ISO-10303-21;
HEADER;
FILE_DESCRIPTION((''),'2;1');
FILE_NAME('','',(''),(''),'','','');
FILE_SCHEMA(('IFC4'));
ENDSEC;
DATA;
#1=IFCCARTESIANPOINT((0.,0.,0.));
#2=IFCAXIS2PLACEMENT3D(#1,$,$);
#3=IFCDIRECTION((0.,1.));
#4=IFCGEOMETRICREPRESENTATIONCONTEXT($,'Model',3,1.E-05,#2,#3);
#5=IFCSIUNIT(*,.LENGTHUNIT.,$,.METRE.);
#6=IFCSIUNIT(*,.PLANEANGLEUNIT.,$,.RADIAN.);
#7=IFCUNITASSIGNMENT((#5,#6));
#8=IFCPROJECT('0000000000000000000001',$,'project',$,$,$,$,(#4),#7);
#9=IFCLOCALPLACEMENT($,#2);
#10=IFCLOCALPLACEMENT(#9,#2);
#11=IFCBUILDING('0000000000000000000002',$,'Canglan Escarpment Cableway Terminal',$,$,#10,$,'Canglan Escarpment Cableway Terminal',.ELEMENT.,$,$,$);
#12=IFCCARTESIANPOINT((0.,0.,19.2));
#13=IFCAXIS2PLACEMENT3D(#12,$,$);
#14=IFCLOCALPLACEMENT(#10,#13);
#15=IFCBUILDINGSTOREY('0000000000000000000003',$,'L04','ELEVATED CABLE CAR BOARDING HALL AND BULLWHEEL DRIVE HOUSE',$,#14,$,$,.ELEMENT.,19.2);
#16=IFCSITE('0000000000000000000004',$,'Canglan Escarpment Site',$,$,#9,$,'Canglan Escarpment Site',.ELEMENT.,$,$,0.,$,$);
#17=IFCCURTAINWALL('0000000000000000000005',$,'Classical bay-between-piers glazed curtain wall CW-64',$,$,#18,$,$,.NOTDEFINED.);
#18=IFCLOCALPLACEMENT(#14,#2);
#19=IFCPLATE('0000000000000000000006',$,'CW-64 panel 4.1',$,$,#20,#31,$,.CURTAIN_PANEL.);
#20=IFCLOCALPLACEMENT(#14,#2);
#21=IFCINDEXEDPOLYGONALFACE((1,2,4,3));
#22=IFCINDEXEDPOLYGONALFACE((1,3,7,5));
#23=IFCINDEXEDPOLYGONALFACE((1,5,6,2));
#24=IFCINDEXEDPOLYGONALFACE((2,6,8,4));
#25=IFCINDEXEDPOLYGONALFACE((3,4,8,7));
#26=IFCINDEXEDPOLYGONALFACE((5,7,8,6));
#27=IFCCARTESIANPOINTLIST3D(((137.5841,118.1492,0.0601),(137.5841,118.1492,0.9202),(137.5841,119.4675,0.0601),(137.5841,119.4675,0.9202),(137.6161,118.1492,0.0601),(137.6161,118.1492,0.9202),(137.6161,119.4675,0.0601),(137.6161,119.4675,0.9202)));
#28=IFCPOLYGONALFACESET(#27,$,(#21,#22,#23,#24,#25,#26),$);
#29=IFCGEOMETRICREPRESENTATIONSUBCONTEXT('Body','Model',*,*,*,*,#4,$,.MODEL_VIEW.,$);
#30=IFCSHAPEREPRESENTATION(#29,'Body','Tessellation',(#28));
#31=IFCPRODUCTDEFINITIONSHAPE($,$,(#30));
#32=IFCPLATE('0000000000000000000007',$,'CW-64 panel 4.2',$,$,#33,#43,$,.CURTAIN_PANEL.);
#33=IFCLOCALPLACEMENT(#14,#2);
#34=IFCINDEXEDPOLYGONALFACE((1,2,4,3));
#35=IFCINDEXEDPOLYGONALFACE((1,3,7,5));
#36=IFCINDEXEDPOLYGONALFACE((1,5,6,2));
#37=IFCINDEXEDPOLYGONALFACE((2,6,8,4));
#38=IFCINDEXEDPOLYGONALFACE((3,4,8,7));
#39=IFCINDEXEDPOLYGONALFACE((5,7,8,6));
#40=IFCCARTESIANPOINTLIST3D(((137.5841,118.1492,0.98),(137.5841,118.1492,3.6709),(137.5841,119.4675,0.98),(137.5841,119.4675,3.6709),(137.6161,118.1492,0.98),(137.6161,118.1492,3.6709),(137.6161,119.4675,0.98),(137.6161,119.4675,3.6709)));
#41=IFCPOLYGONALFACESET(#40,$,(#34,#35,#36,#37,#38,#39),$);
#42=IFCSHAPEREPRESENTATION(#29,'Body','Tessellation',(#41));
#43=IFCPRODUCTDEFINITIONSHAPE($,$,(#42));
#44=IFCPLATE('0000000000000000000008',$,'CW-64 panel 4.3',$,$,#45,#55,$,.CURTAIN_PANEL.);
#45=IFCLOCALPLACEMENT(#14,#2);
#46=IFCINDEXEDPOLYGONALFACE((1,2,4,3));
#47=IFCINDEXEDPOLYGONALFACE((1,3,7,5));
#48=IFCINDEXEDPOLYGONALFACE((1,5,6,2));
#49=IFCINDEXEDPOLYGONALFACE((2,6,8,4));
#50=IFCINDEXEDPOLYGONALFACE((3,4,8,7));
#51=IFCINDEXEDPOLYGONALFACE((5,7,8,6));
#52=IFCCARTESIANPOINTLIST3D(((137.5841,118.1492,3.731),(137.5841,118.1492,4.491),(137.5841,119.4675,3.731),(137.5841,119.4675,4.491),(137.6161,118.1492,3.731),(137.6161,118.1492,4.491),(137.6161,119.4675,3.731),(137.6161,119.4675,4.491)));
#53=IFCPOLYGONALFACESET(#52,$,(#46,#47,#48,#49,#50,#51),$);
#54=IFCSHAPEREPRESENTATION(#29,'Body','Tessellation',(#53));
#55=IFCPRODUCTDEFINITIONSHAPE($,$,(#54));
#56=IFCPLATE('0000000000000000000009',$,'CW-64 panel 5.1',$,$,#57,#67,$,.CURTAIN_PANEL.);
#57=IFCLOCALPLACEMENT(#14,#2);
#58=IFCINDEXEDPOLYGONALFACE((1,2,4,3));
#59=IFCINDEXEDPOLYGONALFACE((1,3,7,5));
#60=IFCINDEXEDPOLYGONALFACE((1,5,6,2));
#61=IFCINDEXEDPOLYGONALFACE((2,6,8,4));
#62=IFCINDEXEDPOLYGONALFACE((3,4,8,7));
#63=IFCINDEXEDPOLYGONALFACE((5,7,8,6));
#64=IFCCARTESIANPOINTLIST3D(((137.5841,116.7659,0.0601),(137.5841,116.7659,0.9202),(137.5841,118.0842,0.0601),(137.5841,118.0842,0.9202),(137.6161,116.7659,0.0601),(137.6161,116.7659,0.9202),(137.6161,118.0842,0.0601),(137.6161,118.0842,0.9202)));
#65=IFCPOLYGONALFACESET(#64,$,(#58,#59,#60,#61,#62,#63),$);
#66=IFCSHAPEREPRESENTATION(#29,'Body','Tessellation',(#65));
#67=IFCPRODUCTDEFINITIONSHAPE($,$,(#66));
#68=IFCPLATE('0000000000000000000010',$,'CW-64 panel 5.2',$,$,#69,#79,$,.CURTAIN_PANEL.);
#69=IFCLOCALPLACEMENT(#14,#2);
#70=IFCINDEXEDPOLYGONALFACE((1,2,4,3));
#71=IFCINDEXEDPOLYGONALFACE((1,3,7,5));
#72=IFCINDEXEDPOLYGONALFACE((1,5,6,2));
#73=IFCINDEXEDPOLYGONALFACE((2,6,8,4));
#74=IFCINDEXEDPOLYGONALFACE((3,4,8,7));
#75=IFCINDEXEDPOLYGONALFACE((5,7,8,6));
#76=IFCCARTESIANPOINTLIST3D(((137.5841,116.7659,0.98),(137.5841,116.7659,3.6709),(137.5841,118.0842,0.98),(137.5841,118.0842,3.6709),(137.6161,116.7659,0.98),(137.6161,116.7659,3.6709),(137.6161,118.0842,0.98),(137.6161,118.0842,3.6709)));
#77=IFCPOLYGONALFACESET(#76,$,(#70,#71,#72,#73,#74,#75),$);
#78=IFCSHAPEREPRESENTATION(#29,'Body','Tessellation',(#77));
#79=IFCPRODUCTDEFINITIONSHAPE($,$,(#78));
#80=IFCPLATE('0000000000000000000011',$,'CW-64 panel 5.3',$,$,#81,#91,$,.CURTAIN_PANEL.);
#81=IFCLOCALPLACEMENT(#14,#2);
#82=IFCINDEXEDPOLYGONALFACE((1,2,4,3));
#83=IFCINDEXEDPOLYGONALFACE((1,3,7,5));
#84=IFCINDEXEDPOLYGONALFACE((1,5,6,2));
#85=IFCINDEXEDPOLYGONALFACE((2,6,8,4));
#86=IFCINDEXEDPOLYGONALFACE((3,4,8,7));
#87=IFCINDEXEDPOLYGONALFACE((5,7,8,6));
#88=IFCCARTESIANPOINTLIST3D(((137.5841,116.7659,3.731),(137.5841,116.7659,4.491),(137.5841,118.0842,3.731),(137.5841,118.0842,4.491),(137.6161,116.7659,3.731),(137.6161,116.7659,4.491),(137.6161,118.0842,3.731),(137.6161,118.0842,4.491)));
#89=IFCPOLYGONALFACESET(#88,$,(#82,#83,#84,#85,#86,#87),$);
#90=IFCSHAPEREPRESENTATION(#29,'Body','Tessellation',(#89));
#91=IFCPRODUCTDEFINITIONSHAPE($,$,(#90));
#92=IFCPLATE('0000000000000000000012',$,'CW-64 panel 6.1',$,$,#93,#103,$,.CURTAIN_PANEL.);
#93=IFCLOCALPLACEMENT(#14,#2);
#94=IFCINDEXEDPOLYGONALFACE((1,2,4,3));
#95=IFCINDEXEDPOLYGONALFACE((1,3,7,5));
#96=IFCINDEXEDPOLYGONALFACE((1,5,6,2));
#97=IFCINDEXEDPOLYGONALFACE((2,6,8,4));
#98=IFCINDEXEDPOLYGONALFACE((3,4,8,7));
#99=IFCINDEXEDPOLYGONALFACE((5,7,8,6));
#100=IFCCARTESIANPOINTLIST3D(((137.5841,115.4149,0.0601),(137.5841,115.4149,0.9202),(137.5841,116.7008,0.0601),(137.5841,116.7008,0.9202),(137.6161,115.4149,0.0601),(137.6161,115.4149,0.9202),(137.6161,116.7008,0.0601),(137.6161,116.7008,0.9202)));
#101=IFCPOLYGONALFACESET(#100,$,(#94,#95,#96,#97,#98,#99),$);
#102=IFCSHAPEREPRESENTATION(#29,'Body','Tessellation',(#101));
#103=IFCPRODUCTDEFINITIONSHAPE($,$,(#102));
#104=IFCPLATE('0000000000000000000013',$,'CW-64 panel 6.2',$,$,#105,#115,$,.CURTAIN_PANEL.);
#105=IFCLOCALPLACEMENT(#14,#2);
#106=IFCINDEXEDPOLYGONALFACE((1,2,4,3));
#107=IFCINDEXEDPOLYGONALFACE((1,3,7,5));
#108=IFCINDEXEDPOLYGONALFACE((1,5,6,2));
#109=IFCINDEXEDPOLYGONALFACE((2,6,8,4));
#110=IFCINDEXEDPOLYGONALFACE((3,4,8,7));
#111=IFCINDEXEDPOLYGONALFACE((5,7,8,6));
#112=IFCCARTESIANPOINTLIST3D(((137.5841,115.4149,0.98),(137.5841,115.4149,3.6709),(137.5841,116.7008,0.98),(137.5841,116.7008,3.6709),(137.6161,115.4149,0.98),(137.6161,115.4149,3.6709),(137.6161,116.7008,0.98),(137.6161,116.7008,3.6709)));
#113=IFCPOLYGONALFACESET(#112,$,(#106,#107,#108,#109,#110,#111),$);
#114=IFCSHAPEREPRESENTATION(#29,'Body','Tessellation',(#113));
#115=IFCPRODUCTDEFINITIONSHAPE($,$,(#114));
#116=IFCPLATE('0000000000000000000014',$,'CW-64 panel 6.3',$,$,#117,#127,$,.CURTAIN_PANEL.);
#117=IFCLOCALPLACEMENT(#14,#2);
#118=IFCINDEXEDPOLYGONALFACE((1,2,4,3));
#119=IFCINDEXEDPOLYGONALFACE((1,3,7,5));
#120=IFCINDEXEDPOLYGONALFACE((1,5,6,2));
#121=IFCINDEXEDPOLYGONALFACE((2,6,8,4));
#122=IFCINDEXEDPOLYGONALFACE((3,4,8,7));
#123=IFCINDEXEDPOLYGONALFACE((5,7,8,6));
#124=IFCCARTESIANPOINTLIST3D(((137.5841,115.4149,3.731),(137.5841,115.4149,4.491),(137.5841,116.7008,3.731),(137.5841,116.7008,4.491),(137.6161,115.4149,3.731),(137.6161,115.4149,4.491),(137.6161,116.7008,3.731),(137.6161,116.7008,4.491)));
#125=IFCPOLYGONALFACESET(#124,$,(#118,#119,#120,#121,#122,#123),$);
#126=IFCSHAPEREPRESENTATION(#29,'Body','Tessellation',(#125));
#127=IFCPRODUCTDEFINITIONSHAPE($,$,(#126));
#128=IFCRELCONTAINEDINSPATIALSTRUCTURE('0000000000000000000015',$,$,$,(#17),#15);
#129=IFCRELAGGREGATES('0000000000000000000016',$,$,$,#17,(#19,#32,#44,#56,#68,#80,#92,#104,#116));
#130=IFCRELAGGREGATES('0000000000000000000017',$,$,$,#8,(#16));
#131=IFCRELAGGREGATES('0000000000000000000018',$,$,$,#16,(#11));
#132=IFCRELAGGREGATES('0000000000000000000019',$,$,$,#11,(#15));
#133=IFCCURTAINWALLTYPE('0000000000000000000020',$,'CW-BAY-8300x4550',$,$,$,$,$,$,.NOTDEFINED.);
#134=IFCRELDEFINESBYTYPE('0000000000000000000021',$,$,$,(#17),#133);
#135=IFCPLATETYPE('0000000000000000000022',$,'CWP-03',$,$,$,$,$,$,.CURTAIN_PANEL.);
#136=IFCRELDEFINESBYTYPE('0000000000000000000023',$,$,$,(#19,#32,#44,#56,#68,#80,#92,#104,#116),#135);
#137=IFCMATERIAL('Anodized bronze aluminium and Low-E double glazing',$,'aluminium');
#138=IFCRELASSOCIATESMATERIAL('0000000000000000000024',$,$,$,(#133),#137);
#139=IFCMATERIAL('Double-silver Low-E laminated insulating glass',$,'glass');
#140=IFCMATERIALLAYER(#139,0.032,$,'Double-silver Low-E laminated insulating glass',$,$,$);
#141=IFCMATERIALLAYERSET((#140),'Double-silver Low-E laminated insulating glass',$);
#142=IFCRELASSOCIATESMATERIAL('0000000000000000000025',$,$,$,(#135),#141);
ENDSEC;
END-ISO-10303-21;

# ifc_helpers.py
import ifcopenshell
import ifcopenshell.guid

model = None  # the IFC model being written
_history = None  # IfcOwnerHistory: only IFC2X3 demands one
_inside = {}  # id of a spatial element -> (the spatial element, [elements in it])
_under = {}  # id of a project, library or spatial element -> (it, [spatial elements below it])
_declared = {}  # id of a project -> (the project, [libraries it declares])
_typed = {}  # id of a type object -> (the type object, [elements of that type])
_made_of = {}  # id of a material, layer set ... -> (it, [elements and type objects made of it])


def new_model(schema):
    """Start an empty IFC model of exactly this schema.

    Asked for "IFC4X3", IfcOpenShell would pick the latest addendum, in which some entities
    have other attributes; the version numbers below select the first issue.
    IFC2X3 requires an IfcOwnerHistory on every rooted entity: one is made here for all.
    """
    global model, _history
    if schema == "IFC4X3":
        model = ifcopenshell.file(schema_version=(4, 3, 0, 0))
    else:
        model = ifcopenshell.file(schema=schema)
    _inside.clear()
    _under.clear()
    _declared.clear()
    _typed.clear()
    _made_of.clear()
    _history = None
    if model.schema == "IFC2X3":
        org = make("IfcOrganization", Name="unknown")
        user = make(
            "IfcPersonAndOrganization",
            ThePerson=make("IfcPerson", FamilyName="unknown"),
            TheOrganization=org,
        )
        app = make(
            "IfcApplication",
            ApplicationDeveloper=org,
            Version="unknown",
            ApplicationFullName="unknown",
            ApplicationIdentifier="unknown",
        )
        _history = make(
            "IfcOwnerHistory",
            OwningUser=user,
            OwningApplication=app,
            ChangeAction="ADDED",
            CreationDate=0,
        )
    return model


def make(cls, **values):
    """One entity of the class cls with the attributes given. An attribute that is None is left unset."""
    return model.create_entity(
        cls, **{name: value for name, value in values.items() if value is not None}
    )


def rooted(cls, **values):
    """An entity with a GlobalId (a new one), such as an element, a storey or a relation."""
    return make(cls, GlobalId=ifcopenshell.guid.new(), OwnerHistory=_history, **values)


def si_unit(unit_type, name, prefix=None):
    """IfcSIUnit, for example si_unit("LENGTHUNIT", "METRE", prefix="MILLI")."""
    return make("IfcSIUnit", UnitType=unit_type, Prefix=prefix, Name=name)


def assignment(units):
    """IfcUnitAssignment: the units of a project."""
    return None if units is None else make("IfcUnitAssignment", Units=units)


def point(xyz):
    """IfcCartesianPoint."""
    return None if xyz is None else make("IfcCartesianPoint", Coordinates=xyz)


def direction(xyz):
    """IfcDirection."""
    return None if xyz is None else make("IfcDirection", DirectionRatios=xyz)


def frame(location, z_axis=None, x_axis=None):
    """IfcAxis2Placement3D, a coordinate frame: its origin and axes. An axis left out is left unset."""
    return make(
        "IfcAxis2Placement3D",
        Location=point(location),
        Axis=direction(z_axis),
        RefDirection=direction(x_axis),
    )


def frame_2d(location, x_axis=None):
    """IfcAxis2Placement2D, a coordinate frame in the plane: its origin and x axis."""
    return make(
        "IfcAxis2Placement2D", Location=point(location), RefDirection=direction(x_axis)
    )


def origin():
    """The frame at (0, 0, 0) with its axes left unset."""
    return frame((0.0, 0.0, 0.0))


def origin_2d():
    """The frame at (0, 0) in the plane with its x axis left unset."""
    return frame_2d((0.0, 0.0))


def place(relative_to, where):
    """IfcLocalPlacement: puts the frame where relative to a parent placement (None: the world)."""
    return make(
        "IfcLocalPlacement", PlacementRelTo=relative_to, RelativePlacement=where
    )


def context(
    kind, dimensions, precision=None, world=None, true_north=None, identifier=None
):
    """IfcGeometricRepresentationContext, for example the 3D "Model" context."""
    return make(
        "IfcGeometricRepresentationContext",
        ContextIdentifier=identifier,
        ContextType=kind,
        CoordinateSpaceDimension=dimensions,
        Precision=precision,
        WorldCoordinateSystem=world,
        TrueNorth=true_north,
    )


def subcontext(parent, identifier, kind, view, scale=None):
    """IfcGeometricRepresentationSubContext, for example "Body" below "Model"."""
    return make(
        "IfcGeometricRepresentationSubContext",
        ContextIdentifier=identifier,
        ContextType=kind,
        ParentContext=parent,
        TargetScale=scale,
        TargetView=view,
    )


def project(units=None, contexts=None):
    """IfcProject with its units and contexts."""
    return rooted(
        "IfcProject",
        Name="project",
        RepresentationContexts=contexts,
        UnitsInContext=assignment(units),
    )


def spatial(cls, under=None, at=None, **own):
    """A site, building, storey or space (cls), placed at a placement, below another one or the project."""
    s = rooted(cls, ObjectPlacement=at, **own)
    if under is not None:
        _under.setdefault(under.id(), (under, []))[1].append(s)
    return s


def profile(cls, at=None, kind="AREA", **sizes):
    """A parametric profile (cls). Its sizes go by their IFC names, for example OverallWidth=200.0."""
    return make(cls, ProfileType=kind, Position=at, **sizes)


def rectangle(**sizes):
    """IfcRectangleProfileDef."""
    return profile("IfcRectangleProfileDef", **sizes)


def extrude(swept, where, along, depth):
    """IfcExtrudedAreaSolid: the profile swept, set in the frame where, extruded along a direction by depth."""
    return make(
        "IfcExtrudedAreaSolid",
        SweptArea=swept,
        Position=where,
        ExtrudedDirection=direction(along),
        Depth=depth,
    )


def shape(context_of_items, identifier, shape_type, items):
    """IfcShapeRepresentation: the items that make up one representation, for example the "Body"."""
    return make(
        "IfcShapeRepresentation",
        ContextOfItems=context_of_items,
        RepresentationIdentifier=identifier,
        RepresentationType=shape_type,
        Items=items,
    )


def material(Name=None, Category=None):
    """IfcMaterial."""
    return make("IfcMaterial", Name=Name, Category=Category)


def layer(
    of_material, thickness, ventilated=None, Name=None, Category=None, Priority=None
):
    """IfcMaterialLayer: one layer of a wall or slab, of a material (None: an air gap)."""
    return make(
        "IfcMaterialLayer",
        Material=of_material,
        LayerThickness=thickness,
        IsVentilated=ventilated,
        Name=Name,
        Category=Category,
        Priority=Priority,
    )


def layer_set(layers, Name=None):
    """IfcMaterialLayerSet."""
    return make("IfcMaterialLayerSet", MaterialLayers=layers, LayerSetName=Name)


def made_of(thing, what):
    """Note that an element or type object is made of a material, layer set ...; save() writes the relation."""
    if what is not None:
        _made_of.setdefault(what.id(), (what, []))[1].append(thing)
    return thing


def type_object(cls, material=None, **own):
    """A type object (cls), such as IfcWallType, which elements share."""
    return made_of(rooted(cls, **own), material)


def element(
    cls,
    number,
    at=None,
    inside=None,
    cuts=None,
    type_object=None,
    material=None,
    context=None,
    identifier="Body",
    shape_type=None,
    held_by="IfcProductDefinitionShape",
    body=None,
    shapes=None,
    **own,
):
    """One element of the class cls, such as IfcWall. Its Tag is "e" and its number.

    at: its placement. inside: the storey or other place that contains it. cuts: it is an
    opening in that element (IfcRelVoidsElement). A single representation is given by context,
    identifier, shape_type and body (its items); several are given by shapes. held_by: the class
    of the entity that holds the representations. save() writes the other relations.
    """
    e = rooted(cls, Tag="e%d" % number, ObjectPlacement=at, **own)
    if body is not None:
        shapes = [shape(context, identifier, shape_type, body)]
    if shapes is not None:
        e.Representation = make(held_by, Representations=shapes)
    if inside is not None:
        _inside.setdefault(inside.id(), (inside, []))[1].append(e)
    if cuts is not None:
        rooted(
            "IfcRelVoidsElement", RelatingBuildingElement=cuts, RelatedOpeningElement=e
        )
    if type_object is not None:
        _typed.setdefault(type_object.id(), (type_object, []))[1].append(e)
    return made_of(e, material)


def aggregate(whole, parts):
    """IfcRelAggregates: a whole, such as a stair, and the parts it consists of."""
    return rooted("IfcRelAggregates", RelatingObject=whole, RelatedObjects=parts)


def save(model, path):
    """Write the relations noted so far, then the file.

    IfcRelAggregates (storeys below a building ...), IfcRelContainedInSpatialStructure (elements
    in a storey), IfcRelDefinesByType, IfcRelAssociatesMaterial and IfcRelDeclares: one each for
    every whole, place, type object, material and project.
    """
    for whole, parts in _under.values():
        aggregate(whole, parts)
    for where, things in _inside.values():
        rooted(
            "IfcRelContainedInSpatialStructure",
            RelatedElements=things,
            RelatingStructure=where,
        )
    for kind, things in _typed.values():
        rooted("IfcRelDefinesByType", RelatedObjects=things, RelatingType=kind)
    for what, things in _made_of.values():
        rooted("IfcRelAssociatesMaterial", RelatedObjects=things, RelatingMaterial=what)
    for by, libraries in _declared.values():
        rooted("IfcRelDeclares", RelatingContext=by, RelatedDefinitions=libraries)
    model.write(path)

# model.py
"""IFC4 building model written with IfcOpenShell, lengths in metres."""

from ifc_helpers import new_model, si_unit, direction, frame, origin, origin_2d, place, context, subcontext, project, spatial, rectangle, extrude, material, layer, layer_set, type_object, element, aggregate, save


model = new_model("IFC4")

# Units and contexts
model_context = context("Model", 3, precision=1e-05, world=origin(), true_north=direction((0.0, 1.0)))
body_context = subcontext(model_context, "Body", "Model", "MODEL_VIEW")
ifc_project = project(units=[si_unit("LENGTHUNIT", "METRE"), si_unit("PLANEANGLEUNIT", "RADIAN")], contexts=[model_context])

# Site, building, storey
site_placement = place(None, origin())
site = spatial("IfcSite", under=ifc_project, at=site_placement, Name="Canglan Escarpment Site", LongName="Canglan Escarpment Site", CompositionType="ELEMENT", RefElevation=0.0)
building_placement = place(site_placement, origin())
building = spatial("IfcBuilding", under=site, at=building_placement, Name="Canglan Escarpment Cableway Terminal", LongName="Canglan Escarpment Cableway Terminal", CompositionType="ELEMENT")
storey_placement = place(building_placement, frame((0.0, 0.0, 19.2)))
storey = spatial("IfcBuildingStorey", under=building, at=storey_placement, Name="L04", Description="ELEVATED CABLE CAR BOARDING HALL AND BULLWHEEL DRIVE HOUSE", CompositionType="ELEMENT", Elevation=19.2)

# Curtain wall, plates
ifc_material_1 = material(Name="Anodized bronze aluminium and Low-E double glazing", Category="aluminium")
curtain_wall_type = type_object("IfcCurtainWallType", Name="CW-BAY-8300x4550", PredefinedType="NOTDEFINED", material=ifc_material_1)
curtain_wall_placement = place(storey_placement, origin())
curtain_wall = element("IfcCurtainWall", 1, at=curtain_wall_placement, inside=storey, type_object=curtain_wall_type, Name="Classical bay-between-piers glazed curtain wall CW-64", PredefinedType="NOTDEFINED")
ifc_material_2 = material(Name="Double-silver Low-E laminated insulating glass", Category="glass")
ifc_layer = layer(ifc_material_2, 0.032, Name="Double-silver Low-E laminated insulating glass")
ifc_layer_set = layer_set([ifc_layer], Name="Double-silver Low-E laminated insulating glass")
plate_type = type_object("IfcPlateType", Name="CWP-03", PredefinedType="CURTAIN_PANEL", material=ifc_layer_set)
plate_1_placement = place(storey_placement, frame((137.6001, 118.8083, 0.0601), z_axis=(0.0, 0.0, 1.0), x_axis=(0.0, -1.0, 0.0)))
plate_1 = element("IfcPlate", 2, at=plate_1_placement, type_object=plate_type, Name="CW-64 panel 4.1", PredefinedType="CURTAIN_PANEL", context=body_context, shape_type="SweptSolid", body=[
    extrude(rectangle(XDim=1.3184, YDim=0.032, at=origin_2d()), origin(), (0.0, 0.0, 1.0), 0.8601),
])
plate_2_placement = place(storey_placement, frame((137.6001, 118.8083, 0.98), z_axis=(0.0, 0.0, 1.0), x_axis=(0.0, -1.0, 0.0)))
plate_2 = element("IfcPlate", 3, at=plate_2_placement, type_object=plate_type, Name="CW-64 panel 4.2", PredefinedType="CURTAIN_PANEL", context=body_context, shape_type="SweptSolid", body=[
    extrude(rectangle(XDim=1.3184, YDim=0.032, at=origin_2d()), origin(), (0.0, 0.0, 1.0), 2.6909),
])
plate_3_placement = place(storey_placement, frame((137.6001, 118.8083, 3.731), z_axis=(0.0, 0.0, 1.0), x_axis=(0.0, -1.0, 0.0)))
plate_3 = element("IfcPlate", 4, at=plate_3_placement, type_object=plate_type, Name="CW-64 panel 4.3", PredefinedType="CURTAIN_PANEL", context=body_context, shape_type="SweptSolid", body=[
    extrude(rectangle(XDim=1.3184, YDim=0.032, at=origin_2d()), origin(), (0.0, 0.0, 1.0), 0.76),
])
plate_4_placement = place(storey_placement, frame((137.6001, 117.425, 0.0601), z_axis=(0.0, 0.0, 1.0), x_axis=(0.0, -1.0, 0.0)))
plate_4 = element("IfcPlate", 5, at=plate_4_placement, type_object=plate_type, Name="CW-64 panel 5.1", PredefinedType="CURTAIN_PANEL", context=body_context, shape_type="SweptSolid", body=[
    extrude(rectangle(XDim=1.3184, YDim=0.032, at=origin_2d()), origin(), (0.0, 0.0, 1.0), 0.8601),
])
plate_5_placement = place(storey_placement, frame((137.6001, 117.425, 0.98), z_axis=(0.0, 0.0, 1.0), x_axis=(0.0, -1.0, 0.0)))
plate_5 = element("IfcPlate", 6, at=plate_5_placement, type_object=plate_type, Name="CW-64 panel 5.2", PredefinedType="CURTAIN_PANEL", context=body_context, shape_type="SweptSolid", body=[
    extrude(rectangle(XDim=1.3184, YDim=0.032, at=origin_2d()), origin(), (0.0, 0.0, 1.0), 2.6909),
])
plate_6_placement = place(storey_placement, frame((137.6001, 117.425, 3.731), z_axis=(0.0, 0.0, 1.0), x_axis=(0.0, -1.0, 0.0)))
plate_6 = element("IfcPlate", 7, at=plate_6_placement, type_object=plate_type, Name="CW-64 panel 5.3", PredefinedType="CURTAIN_PANEL", context=body_context, shape_type="SweptSolid", body=[
    extrude(rectangle(XDim=1.3184, YDim=0.032, at=origin_2d()), origin(), (0.0, 0.0, 1.0), 0.76),
])
plate_7_placement = place(storey_placement, frame((137.6001, 116.0579, 0.0601), z_axis=(0.0, 0.0, 1.0), x_axis=(0.0, -1.0, 0.0)))
plate_7 = element("IfcPlate", 8, at=plate_7_placement, type_object=plate_type, Name="CW-64 panel 6.1", PredefinedType="CURTAIN_PANEL", context=body_context, shape_type="SweptSolid", body=[
    extrude(rectangle(XDim=1.2859, YDim=0.032, at=origin_2d()), origin(), (0.0, 0.0, 1.0), 0.8601),
])
plate_8_placement = place(storey_placement, frame((137.6001, 116.0579, 0.98), z_axis=(0.0, 0.0, 1.0), x_axis=(0.0, -1.0, 0.0)))
plate_8 = element("IfcPlate", 9, at=plate_8_placement, type_object=plate_type, Name="CW-64 panel 6.2", PredefinedType="CURTAIN_PANEL", context=body_context, shape_type="SweptSolid", body=[
    extrude(rectangle(XDim=1.2859, YDim=0.032, at=origin_2d()), origin(), (0.0, 0.0, 1.0), 2.6909),
])
plate_9_placement = place(storey_placement, frame((137.6001, 116.0579, 3.731), z_axis=(0.0, 0.0, 1.0), x_axis=(0.0, -1.0, 0.0)))
plate_9 = element("IfcPlate", 10, at=plate_9_placement, type_object=plate_type, Name="CW-64 panel 6.3", PredefinedType="CURTAIN_PANEL", context=body_context, shape_type="SweptSolid", body=[
    extrude(rectangle(XDim=1.2859, YDim=0.032, at=origin_2d()), origin(), (0.0, 0.0, 1.0), 0.76),
])
aggregate(curtain_wall, [plate_1, plate_2, plate_3, plate_4, plate_5, plate_6, plate_7, plate_8, plate_9])

save(model, "model.ifc")
